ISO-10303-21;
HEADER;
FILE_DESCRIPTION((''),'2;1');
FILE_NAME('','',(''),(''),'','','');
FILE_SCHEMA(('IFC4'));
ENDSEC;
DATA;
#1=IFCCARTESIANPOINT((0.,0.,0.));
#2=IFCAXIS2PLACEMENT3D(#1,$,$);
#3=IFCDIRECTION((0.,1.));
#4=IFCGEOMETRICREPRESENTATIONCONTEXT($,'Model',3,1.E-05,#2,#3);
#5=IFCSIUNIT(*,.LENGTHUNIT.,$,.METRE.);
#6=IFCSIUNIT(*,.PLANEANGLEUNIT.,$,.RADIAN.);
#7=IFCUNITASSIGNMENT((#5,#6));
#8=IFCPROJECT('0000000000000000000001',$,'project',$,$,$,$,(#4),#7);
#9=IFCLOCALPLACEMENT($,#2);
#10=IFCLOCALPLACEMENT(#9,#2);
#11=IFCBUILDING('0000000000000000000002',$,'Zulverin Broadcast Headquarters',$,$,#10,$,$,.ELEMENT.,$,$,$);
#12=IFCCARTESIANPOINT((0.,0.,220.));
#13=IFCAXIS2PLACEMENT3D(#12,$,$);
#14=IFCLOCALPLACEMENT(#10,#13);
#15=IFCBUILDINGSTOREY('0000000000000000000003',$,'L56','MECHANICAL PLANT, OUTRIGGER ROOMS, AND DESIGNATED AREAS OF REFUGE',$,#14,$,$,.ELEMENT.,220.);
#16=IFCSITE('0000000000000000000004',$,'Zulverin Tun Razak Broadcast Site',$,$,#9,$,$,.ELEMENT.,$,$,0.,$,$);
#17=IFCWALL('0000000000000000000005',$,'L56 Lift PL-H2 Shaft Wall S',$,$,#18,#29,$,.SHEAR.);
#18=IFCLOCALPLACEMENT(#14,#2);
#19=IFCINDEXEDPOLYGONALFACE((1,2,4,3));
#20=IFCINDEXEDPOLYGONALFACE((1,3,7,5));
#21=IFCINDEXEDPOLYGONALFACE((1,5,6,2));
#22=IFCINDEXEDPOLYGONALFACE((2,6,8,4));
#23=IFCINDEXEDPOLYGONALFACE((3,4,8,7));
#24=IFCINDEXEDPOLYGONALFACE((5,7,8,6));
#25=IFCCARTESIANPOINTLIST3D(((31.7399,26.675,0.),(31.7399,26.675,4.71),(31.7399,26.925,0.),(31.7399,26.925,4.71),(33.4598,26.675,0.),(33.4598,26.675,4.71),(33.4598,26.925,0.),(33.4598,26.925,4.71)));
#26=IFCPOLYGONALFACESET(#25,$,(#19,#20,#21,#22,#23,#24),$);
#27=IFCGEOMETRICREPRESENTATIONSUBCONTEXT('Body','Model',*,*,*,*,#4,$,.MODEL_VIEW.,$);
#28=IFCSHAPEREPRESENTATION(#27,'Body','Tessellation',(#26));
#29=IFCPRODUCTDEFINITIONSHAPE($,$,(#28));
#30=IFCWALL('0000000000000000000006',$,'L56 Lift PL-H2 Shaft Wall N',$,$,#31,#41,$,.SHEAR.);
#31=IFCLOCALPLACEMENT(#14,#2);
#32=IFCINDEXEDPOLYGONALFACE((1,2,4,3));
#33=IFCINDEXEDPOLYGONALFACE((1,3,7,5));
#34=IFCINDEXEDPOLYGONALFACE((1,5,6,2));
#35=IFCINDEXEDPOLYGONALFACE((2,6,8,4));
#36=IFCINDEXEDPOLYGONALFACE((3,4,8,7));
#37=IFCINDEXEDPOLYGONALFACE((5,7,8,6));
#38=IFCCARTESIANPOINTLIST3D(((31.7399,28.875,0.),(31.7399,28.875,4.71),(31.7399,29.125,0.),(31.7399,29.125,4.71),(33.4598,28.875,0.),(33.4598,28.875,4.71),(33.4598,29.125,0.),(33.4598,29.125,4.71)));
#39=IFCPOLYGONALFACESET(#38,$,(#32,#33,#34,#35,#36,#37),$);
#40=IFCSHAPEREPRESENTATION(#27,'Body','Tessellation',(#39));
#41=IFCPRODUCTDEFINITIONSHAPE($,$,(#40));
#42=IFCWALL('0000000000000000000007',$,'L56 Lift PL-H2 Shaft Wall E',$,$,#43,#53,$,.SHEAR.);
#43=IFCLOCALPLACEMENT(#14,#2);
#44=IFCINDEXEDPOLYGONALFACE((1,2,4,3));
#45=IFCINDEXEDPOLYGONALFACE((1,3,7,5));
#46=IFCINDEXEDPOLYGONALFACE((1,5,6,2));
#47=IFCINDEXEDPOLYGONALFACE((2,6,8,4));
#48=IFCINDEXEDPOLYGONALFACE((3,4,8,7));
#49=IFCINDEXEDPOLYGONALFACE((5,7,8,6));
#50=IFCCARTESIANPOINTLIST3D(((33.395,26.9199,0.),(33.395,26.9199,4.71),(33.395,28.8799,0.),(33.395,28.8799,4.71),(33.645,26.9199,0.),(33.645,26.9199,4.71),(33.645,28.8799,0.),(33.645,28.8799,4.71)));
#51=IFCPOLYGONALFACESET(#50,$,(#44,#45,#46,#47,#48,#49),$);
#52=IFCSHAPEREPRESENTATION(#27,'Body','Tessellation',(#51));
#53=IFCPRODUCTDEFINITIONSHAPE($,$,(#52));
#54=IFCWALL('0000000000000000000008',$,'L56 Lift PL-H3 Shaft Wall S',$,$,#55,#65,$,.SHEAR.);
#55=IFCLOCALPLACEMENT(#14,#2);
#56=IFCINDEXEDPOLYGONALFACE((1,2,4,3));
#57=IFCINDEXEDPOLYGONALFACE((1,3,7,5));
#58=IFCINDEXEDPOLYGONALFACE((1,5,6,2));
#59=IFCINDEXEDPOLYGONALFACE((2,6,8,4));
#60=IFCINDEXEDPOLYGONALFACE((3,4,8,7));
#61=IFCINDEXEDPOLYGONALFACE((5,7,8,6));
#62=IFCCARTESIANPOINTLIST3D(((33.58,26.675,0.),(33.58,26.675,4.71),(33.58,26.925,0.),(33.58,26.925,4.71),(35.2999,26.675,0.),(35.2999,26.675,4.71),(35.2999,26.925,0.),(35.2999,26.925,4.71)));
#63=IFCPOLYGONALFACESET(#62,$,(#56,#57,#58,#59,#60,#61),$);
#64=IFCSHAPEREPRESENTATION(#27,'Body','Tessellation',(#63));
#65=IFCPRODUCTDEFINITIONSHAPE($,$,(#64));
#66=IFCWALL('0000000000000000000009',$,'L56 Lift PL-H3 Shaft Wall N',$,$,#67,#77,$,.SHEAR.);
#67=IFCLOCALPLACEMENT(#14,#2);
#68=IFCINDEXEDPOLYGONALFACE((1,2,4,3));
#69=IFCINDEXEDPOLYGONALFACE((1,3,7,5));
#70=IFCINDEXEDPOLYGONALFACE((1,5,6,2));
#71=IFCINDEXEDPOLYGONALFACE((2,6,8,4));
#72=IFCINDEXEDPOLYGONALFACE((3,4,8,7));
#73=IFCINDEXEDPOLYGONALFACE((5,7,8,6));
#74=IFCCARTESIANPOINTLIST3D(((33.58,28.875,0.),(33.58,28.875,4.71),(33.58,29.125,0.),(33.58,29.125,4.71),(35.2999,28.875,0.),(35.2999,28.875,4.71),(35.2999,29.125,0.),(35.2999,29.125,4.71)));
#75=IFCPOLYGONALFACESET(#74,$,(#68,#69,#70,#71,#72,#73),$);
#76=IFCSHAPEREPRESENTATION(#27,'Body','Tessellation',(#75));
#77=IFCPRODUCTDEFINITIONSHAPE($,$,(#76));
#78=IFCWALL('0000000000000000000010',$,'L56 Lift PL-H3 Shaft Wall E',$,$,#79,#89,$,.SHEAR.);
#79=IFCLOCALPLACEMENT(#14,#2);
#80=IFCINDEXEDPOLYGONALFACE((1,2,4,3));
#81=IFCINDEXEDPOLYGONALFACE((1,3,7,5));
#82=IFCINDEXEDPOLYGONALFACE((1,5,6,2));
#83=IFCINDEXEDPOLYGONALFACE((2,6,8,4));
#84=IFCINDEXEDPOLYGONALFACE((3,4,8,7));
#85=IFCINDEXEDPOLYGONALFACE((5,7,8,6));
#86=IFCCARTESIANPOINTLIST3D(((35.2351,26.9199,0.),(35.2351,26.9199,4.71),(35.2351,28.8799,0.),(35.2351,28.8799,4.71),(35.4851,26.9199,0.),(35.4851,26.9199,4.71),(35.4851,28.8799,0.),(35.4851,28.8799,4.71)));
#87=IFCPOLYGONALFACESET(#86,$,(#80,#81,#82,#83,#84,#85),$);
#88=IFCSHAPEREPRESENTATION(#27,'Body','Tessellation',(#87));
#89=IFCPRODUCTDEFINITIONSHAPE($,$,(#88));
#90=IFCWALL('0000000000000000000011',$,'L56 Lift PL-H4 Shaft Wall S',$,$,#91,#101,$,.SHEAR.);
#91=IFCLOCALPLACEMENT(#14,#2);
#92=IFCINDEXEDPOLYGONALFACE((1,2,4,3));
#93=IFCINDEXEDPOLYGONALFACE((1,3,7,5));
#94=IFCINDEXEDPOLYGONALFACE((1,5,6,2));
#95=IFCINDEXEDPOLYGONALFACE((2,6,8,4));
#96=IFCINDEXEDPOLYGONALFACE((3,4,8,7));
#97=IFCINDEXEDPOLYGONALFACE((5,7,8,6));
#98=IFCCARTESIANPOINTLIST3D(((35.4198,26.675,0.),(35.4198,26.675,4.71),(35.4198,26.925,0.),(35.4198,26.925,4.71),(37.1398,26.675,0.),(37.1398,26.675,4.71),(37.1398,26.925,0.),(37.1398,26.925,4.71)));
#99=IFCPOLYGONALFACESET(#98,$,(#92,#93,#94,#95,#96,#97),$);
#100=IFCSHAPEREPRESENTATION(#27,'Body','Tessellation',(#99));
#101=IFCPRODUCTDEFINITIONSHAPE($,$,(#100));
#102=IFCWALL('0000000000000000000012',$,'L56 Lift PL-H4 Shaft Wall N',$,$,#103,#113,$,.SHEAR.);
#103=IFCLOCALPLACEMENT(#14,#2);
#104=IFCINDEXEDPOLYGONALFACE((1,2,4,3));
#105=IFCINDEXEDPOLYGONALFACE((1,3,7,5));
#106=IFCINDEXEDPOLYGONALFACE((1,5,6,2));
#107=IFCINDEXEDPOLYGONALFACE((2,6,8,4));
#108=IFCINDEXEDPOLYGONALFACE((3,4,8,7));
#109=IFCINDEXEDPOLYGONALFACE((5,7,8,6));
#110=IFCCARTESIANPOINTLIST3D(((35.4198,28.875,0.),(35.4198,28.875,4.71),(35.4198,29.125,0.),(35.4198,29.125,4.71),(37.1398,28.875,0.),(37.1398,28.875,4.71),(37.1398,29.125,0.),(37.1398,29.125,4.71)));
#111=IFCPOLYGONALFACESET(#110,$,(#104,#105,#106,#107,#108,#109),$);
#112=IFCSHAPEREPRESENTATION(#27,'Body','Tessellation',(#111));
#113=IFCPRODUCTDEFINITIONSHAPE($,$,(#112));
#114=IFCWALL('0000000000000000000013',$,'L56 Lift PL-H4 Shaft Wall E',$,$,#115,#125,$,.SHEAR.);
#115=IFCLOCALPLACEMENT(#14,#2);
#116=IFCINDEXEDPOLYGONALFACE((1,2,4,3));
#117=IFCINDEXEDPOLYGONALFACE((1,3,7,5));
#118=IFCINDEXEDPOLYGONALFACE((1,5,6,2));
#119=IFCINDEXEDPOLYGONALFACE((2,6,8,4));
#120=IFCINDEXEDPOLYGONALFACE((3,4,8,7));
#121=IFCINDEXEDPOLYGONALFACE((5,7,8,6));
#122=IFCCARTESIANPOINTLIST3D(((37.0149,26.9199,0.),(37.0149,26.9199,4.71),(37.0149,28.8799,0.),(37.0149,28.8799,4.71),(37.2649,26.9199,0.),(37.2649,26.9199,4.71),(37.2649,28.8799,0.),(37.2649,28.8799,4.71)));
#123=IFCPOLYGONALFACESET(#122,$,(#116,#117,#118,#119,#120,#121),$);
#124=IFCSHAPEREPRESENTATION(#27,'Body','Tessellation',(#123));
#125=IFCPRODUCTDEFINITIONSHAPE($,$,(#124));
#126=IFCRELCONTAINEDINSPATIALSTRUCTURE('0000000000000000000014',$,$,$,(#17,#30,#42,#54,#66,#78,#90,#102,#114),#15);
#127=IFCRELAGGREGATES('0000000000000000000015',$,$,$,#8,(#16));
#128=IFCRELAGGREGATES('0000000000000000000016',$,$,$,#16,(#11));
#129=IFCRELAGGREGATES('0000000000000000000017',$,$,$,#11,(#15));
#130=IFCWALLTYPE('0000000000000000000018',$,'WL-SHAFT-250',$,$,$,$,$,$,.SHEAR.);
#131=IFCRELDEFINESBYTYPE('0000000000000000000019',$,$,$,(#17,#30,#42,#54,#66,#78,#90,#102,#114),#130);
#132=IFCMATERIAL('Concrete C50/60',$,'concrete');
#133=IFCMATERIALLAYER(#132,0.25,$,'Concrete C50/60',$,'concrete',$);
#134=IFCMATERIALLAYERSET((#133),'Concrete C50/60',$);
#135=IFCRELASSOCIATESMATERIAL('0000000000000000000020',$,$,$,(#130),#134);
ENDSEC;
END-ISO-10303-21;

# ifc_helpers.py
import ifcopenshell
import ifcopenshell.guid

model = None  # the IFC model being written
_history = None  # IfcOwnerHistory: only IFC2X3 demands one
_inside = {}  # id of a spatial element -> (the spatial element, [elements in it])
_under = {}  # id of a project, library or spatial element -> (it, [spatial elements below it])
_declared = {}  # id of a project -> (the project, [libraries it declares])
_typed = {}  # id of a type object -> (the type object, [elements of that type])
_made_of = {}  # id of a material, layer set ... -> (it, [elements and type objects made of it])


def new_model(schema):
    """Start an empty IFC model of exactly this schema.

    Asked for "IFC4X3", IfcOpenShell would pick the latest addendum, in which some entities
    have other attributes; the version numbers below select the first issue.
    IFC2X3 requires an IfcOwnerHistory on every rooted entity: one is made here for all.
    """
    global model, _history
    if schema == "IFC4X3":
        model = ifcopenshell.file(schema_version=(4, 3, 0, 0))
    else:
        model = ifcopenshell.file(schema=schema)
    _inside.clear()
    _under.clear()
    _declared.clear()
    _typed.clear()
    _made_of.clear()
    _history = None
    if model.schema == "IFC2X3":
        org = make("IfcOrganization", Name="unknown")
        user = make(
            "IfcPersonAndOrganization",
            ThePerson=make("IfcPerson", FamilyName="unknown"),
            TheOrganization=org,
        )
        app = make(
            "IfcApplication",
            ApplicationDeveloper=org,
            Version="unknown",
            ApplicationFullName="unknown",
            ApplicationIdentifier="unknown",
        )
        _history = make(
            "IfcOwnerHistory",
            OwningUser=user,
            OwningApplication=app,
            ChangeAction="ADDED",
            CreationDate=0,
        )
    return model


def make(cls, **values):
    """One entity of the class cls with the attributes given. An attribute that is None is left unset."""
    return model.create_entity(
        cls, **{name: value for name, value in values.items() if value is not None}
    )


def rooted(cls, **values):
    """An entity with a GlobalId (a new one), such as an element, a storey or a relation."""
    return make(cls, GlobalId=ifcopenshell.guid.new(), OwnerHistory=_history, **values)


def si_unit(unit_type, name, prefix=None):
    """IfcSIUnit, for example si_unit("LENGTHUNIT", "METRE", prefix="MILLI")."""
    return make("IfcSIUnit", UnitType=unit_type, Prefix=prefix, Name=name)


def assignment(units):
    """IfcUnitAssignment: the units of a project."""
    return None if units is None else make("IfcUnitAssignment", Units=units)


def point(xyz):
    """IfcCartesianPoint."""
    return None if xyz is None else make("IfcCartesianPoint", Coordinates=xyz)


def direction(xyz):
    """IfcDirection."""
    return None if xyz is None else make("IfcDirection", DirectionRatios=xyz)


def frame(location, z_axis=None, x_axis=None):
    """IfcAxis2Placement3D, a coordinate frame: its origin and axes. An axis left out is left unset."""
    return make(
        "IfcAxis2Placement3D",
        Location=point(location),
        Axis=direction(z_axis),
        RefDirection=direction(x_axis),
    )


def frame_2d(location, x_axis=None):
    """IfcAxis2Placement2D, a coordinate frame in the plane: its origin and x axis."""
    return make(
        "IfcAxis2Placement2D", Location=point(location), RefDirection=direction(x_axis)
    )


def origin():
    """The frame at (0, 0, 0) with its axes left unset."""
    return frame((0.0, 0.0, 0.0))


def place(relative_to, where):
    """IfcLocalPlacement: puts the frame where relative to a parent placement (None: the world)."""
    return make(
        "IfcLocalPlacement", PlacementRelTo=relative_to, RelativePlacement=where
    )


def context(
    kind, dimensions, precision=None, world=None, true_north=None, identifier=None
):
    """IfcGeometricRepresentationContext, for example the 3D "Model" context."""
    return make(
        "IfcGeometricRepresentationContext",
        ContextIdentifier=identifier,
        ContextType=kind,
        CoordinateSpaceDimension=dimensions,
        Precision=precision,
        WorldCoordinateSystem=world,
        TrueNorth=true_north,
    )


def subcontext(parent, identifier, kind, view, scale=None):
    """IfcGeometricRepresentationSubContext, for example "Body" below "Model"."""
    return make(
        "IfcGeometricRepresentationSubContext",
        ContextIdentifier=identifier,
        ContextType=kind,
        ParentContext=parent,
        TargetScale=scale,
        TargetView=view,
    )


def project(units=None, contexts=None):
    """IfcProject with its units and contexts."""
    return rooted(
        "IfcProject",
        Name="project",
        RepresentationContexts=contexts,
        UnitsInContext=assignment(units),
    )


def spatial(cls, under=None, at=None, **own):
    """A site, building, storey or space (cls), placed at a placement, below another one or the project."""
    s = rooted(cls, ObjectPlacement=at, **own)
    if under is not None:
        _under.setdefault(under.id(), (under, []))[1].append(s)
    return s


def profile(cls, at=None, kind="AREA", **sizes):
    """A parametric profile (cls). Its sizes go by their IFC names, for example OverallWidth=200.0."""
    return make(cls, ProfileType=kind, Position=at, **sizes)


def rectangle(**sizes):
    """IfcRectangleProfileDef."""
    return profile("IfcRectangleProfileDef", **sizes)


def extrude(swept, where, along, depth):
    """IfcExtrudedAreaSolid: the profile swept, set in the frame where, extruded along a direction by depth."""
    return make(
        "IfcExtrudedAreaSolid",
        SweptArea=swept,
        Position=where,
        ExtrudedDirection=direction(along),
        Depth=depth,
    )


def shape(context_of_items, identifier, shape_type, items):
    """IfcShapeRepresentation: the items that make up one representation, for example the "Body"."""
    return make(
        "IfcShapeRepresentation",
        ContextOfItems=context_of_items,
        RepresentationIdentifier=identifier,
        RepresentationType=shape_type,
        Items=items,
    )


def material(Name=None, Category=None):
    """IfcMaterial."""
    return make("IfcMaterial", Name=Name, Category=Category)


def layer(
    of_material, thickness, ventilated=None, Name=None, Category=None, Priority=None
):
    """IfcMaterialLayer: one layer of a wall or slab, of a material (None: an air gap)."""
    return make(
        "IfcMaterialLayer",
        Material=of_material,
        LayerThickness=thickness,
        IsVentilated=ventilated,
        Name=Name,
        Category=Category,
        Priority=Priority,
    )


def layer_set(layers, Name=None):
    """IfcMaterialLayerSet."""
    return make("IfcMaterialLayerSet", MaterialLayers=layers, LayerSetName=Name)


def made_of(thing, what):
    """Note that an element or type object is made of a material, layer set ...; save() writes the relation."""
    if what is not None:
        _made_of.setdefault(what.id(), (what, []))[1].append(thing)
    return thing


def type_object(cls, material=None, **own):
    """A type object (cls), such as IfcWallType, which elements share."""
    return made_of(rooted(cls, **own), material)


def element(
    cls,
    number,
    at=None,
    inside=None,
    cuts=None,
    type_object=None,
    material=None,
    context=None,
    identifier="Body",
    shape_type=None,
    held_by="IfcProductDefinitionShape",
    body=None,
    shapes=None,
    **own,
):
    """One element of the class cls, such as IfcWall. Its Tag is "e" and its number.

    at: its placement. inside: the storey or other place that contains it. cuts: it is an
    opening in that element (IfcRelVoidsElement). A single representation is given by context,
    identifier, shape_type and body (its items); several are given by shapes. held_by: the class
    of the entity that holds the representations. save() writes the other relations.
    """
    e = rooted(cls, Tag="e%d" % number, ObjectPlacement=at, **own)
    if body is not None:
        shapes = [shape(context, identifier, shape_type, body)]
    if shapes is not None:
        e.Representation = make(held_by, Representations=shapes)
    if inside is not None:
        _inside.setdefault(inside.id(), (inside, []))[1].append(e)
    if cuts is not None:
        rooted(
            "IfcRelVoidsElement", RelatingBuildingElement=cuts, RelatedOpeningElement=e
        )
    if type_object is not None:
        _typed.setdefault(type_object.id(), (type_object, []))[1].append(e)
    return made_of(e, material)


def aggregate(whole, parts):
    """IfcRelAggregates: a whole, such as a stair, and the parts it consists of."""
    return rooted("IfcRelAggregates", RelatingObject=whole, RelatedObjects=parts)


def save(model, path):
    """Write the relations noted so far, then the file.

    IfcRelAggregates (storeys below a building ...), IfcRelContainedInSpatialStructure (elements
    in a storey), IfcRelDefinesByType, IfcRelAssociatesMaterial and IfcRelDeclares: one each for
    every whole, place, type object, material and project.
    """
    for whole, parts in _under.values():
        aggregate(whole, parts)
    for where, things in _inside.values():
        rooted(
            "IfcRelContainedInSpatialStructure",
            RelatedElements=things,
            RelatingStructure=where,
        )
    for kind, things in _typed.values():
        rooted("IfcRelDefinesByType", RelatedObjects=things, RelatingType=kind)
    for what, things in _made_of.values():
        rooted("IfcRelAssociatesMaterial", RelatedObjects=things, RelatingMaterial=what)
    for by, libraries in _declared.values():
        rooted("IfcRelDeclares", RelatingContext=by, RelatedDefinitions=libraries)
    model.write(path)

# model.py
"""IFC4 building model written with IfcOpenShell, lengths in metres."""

from ifc_helpers import new_model, si_unit, direction, frame, frame_2d, origin, place, context, subcontext, project, spatial, rectangle, extrude, material, layer, layer_set, type_object, element, save


model = new_model("IFC4")

# Units and contexts
model_context = context("Model", 3, precision=1e-05, world=origin(), true_north=direction((0.0, 1.0)))
body_context = subcontext(model_context, "Body", "Model", "MODEL_VIEW")
ifc_project = project(units=[si_unit("LENGTHUNIT", "METRE"), si_unit("PLANEANGLEUNIT", "RADIAN")], contexts=[model_context])

# Site, building, storey
site_placement = place(None, origin())
site = spatial("IfcSite", under=ifc_project, at=site_placement, Name="Zulverin Tun Razak Broadcast Site", CompositionType="ELEMENT", RefElevation=0.0)
building_placement = place(site_placement, origin())
building = spatial("IfcBuilding", under=site, at=building_placement, Name="Zulverin Broadcast Headquarters", CompositionType="ELEMENT")
storey_placement = place(building_placement, frame((0.0, 0.0, 220.0)))
storey = spatial("IfcBuildingStorey", under=building, at=storey_placement, Name="L56", Description="MECHANICAL PLANT, OUTRIGGER ROOMS, AND DESIGNATED AREAS OF REFUGE", CompositionType="ELEMENT", Elevation=220.0)

# Walls
ifc_material_1 = material(Name="Concrete C50/60", Category="concrete")
ifc_layer_1 = layer(ifc_material_1, 0.25, Name="Concrete C50/60", Category="concrete")
ifc_layer_set_1 = layer_set([ifc_layer_1], Name="Concrete C50/60")
wall_type_1 = type_object("IfcWallType", Name="WL-SHAFT-250", PredefinedType="SHEAR", material=ifc_layer_set_1)
for number, where, z_axis, x_axis, name in (
    (1, (31.74, 26.8, 0.0), (0.0, 0.0, 1.0), (1.0, 0.0, 0.0), "L56 Lift PL-H2 Shaft Wall S"),
    (2, (31.74, 29.0, 0.0), (0.0, 0.0, 1.0), (1.0, 0.0, 0.0), "L56 Lift PL-H2 Shaft Wall N"),
):
    element("IfcWall", number, at=place(storey_placement, frame(where, z_axis=z_axis, x_axis=x_axis)), inside=storey, type_object=wall_type_1, Name=name, PredefinedType="SHEAR", context=body_context, shape_type="SweptSolid", body=[
        extrude(rectangle(XDim=1.72, YDim=0.25, at=frame_2d((0.8599, 0.0))), origin(), (0.0, 0.0, 1.0), 4.71),
    ])
wall_1_placement = place(storey_placement, frame((33.52, 26.9199, 0.0), z_axis=(0.0, 0.0, 1.0), x_axis=(0.0, 1.0, 0.0)))
element("IfcWall", 3, at=wall_1_placement, inside=storey, type_object=wall_type_1, Name="L56 Lift PL-H2 Shaft Wall E", PredefinedType="SHEAR", context=body_context, shape_type="SweptSolid", body=[
    extrude(rectangle(XDim=1.96, YDim=0.25, at=frame_2d((0.98, 0.0))), origin(), (0.0, 0.0, 1.0), 4.71),
])
for number, where, z_axis, x_axis, name in (
    (4, (33.5801, 26.8, 0.0), (0.0, 0.0, 1.0), (1.0, 0.0, 0.0), "L56 Lift PL-H3 Shaft Wall S"),
    (5, (33.5801, 29.0, 0.0), (0.0, 0.0, 1.0), (1.0, 0.0, 0.0), "L56 Lift PL-H3 Shaft Wall N"),
):
    element("IfcWall", number, at=place(storey_placement, frame(where, z_axis=z_axis, x_axis=x_axis)), inside=storey, type_object=wall_type_1, Name=name, PredefinedType="SHEAR", context=body_context, shape_type="SweptSolid", body=[
        extrude(rectangle(XDim=1.72, YDim=0.25, at=frame_2d((0.8599, 0.0))), origin(), (0.0, 0.0, 1.0), 4.71),
    ])
wall_2_placement = place(storey_placement, frame((35.3601, 26.9199, 0.0), z_axis=(0.0, 0.0, 1.0), x_axis=(0.0, 1.0, 0.0)))
element("IfcWall", 6, at=wall_2_placement, inside=storey, type_object=wall_type_1, Name="L56 Lift PL-H3 Shaft Wall E", PredefinedType="SHEAR", context=body_context, shape_type="SweptSolid", body=[
    extrude(rectangle(XDim=1.96, YDim=0.25, at=frame_2d((0.98, 0.0))), origin(), (0.0, 0.0, 1.0), 4.71),
])
for number, where, z_axis, x_axis, name in (
    (7, (35.4199, 26.8, 0.0), (0.0, 0.0, 1.0), (1.0, 0.0, 0.0), "L56 Lift PL-H4 Shaft Wall S"),
    (8, (35.4199, 29.0, 0.0), (0.0, 0.0, 1.0), (1.0, 0.0, 0.0), "L56 Lift PL-H4 Shaft Wall N"),
):
    element("IfcWall", number, at=place(storey_placement, frame(where, z_axis=z_axis, x_axis=x_axis)), inside=storey, type_object=wall_type_1, Name=name, PredefinedType="SHEAR", context=body_context, shape_type="SweptSolid", body=[
        extrude(rectangle(XDim=1.72, YDim=0.25, at=frame_2d((0.8599, 0.0))), origin(), (0.0, 0.0, 1.0), 4.71),
    ])
wall_3_placement = place(storey_placement, frame((37.1399, 26.9199, 0.0), z_axis=(0.0, 0.0, 1.0), x_axis=(0.0, 1.0, 0.0)))
element("IfcWall", 9, at=wall_3_placement, inside=storey, type_object=wall_type_1, Name="L56 Lift PL-H4 Shaft Wall E", PredefinedType="SHEAR", context=body_context, shape_type="SweptSolid", body=[
    extrude(rectangle(XDim=1.96, YDim=0.25, at=frame_2d((0.98, 0.0))), origin(), (0.0, 0.0, 1.0), 4.71),
])

save(model, "model.ifc")
